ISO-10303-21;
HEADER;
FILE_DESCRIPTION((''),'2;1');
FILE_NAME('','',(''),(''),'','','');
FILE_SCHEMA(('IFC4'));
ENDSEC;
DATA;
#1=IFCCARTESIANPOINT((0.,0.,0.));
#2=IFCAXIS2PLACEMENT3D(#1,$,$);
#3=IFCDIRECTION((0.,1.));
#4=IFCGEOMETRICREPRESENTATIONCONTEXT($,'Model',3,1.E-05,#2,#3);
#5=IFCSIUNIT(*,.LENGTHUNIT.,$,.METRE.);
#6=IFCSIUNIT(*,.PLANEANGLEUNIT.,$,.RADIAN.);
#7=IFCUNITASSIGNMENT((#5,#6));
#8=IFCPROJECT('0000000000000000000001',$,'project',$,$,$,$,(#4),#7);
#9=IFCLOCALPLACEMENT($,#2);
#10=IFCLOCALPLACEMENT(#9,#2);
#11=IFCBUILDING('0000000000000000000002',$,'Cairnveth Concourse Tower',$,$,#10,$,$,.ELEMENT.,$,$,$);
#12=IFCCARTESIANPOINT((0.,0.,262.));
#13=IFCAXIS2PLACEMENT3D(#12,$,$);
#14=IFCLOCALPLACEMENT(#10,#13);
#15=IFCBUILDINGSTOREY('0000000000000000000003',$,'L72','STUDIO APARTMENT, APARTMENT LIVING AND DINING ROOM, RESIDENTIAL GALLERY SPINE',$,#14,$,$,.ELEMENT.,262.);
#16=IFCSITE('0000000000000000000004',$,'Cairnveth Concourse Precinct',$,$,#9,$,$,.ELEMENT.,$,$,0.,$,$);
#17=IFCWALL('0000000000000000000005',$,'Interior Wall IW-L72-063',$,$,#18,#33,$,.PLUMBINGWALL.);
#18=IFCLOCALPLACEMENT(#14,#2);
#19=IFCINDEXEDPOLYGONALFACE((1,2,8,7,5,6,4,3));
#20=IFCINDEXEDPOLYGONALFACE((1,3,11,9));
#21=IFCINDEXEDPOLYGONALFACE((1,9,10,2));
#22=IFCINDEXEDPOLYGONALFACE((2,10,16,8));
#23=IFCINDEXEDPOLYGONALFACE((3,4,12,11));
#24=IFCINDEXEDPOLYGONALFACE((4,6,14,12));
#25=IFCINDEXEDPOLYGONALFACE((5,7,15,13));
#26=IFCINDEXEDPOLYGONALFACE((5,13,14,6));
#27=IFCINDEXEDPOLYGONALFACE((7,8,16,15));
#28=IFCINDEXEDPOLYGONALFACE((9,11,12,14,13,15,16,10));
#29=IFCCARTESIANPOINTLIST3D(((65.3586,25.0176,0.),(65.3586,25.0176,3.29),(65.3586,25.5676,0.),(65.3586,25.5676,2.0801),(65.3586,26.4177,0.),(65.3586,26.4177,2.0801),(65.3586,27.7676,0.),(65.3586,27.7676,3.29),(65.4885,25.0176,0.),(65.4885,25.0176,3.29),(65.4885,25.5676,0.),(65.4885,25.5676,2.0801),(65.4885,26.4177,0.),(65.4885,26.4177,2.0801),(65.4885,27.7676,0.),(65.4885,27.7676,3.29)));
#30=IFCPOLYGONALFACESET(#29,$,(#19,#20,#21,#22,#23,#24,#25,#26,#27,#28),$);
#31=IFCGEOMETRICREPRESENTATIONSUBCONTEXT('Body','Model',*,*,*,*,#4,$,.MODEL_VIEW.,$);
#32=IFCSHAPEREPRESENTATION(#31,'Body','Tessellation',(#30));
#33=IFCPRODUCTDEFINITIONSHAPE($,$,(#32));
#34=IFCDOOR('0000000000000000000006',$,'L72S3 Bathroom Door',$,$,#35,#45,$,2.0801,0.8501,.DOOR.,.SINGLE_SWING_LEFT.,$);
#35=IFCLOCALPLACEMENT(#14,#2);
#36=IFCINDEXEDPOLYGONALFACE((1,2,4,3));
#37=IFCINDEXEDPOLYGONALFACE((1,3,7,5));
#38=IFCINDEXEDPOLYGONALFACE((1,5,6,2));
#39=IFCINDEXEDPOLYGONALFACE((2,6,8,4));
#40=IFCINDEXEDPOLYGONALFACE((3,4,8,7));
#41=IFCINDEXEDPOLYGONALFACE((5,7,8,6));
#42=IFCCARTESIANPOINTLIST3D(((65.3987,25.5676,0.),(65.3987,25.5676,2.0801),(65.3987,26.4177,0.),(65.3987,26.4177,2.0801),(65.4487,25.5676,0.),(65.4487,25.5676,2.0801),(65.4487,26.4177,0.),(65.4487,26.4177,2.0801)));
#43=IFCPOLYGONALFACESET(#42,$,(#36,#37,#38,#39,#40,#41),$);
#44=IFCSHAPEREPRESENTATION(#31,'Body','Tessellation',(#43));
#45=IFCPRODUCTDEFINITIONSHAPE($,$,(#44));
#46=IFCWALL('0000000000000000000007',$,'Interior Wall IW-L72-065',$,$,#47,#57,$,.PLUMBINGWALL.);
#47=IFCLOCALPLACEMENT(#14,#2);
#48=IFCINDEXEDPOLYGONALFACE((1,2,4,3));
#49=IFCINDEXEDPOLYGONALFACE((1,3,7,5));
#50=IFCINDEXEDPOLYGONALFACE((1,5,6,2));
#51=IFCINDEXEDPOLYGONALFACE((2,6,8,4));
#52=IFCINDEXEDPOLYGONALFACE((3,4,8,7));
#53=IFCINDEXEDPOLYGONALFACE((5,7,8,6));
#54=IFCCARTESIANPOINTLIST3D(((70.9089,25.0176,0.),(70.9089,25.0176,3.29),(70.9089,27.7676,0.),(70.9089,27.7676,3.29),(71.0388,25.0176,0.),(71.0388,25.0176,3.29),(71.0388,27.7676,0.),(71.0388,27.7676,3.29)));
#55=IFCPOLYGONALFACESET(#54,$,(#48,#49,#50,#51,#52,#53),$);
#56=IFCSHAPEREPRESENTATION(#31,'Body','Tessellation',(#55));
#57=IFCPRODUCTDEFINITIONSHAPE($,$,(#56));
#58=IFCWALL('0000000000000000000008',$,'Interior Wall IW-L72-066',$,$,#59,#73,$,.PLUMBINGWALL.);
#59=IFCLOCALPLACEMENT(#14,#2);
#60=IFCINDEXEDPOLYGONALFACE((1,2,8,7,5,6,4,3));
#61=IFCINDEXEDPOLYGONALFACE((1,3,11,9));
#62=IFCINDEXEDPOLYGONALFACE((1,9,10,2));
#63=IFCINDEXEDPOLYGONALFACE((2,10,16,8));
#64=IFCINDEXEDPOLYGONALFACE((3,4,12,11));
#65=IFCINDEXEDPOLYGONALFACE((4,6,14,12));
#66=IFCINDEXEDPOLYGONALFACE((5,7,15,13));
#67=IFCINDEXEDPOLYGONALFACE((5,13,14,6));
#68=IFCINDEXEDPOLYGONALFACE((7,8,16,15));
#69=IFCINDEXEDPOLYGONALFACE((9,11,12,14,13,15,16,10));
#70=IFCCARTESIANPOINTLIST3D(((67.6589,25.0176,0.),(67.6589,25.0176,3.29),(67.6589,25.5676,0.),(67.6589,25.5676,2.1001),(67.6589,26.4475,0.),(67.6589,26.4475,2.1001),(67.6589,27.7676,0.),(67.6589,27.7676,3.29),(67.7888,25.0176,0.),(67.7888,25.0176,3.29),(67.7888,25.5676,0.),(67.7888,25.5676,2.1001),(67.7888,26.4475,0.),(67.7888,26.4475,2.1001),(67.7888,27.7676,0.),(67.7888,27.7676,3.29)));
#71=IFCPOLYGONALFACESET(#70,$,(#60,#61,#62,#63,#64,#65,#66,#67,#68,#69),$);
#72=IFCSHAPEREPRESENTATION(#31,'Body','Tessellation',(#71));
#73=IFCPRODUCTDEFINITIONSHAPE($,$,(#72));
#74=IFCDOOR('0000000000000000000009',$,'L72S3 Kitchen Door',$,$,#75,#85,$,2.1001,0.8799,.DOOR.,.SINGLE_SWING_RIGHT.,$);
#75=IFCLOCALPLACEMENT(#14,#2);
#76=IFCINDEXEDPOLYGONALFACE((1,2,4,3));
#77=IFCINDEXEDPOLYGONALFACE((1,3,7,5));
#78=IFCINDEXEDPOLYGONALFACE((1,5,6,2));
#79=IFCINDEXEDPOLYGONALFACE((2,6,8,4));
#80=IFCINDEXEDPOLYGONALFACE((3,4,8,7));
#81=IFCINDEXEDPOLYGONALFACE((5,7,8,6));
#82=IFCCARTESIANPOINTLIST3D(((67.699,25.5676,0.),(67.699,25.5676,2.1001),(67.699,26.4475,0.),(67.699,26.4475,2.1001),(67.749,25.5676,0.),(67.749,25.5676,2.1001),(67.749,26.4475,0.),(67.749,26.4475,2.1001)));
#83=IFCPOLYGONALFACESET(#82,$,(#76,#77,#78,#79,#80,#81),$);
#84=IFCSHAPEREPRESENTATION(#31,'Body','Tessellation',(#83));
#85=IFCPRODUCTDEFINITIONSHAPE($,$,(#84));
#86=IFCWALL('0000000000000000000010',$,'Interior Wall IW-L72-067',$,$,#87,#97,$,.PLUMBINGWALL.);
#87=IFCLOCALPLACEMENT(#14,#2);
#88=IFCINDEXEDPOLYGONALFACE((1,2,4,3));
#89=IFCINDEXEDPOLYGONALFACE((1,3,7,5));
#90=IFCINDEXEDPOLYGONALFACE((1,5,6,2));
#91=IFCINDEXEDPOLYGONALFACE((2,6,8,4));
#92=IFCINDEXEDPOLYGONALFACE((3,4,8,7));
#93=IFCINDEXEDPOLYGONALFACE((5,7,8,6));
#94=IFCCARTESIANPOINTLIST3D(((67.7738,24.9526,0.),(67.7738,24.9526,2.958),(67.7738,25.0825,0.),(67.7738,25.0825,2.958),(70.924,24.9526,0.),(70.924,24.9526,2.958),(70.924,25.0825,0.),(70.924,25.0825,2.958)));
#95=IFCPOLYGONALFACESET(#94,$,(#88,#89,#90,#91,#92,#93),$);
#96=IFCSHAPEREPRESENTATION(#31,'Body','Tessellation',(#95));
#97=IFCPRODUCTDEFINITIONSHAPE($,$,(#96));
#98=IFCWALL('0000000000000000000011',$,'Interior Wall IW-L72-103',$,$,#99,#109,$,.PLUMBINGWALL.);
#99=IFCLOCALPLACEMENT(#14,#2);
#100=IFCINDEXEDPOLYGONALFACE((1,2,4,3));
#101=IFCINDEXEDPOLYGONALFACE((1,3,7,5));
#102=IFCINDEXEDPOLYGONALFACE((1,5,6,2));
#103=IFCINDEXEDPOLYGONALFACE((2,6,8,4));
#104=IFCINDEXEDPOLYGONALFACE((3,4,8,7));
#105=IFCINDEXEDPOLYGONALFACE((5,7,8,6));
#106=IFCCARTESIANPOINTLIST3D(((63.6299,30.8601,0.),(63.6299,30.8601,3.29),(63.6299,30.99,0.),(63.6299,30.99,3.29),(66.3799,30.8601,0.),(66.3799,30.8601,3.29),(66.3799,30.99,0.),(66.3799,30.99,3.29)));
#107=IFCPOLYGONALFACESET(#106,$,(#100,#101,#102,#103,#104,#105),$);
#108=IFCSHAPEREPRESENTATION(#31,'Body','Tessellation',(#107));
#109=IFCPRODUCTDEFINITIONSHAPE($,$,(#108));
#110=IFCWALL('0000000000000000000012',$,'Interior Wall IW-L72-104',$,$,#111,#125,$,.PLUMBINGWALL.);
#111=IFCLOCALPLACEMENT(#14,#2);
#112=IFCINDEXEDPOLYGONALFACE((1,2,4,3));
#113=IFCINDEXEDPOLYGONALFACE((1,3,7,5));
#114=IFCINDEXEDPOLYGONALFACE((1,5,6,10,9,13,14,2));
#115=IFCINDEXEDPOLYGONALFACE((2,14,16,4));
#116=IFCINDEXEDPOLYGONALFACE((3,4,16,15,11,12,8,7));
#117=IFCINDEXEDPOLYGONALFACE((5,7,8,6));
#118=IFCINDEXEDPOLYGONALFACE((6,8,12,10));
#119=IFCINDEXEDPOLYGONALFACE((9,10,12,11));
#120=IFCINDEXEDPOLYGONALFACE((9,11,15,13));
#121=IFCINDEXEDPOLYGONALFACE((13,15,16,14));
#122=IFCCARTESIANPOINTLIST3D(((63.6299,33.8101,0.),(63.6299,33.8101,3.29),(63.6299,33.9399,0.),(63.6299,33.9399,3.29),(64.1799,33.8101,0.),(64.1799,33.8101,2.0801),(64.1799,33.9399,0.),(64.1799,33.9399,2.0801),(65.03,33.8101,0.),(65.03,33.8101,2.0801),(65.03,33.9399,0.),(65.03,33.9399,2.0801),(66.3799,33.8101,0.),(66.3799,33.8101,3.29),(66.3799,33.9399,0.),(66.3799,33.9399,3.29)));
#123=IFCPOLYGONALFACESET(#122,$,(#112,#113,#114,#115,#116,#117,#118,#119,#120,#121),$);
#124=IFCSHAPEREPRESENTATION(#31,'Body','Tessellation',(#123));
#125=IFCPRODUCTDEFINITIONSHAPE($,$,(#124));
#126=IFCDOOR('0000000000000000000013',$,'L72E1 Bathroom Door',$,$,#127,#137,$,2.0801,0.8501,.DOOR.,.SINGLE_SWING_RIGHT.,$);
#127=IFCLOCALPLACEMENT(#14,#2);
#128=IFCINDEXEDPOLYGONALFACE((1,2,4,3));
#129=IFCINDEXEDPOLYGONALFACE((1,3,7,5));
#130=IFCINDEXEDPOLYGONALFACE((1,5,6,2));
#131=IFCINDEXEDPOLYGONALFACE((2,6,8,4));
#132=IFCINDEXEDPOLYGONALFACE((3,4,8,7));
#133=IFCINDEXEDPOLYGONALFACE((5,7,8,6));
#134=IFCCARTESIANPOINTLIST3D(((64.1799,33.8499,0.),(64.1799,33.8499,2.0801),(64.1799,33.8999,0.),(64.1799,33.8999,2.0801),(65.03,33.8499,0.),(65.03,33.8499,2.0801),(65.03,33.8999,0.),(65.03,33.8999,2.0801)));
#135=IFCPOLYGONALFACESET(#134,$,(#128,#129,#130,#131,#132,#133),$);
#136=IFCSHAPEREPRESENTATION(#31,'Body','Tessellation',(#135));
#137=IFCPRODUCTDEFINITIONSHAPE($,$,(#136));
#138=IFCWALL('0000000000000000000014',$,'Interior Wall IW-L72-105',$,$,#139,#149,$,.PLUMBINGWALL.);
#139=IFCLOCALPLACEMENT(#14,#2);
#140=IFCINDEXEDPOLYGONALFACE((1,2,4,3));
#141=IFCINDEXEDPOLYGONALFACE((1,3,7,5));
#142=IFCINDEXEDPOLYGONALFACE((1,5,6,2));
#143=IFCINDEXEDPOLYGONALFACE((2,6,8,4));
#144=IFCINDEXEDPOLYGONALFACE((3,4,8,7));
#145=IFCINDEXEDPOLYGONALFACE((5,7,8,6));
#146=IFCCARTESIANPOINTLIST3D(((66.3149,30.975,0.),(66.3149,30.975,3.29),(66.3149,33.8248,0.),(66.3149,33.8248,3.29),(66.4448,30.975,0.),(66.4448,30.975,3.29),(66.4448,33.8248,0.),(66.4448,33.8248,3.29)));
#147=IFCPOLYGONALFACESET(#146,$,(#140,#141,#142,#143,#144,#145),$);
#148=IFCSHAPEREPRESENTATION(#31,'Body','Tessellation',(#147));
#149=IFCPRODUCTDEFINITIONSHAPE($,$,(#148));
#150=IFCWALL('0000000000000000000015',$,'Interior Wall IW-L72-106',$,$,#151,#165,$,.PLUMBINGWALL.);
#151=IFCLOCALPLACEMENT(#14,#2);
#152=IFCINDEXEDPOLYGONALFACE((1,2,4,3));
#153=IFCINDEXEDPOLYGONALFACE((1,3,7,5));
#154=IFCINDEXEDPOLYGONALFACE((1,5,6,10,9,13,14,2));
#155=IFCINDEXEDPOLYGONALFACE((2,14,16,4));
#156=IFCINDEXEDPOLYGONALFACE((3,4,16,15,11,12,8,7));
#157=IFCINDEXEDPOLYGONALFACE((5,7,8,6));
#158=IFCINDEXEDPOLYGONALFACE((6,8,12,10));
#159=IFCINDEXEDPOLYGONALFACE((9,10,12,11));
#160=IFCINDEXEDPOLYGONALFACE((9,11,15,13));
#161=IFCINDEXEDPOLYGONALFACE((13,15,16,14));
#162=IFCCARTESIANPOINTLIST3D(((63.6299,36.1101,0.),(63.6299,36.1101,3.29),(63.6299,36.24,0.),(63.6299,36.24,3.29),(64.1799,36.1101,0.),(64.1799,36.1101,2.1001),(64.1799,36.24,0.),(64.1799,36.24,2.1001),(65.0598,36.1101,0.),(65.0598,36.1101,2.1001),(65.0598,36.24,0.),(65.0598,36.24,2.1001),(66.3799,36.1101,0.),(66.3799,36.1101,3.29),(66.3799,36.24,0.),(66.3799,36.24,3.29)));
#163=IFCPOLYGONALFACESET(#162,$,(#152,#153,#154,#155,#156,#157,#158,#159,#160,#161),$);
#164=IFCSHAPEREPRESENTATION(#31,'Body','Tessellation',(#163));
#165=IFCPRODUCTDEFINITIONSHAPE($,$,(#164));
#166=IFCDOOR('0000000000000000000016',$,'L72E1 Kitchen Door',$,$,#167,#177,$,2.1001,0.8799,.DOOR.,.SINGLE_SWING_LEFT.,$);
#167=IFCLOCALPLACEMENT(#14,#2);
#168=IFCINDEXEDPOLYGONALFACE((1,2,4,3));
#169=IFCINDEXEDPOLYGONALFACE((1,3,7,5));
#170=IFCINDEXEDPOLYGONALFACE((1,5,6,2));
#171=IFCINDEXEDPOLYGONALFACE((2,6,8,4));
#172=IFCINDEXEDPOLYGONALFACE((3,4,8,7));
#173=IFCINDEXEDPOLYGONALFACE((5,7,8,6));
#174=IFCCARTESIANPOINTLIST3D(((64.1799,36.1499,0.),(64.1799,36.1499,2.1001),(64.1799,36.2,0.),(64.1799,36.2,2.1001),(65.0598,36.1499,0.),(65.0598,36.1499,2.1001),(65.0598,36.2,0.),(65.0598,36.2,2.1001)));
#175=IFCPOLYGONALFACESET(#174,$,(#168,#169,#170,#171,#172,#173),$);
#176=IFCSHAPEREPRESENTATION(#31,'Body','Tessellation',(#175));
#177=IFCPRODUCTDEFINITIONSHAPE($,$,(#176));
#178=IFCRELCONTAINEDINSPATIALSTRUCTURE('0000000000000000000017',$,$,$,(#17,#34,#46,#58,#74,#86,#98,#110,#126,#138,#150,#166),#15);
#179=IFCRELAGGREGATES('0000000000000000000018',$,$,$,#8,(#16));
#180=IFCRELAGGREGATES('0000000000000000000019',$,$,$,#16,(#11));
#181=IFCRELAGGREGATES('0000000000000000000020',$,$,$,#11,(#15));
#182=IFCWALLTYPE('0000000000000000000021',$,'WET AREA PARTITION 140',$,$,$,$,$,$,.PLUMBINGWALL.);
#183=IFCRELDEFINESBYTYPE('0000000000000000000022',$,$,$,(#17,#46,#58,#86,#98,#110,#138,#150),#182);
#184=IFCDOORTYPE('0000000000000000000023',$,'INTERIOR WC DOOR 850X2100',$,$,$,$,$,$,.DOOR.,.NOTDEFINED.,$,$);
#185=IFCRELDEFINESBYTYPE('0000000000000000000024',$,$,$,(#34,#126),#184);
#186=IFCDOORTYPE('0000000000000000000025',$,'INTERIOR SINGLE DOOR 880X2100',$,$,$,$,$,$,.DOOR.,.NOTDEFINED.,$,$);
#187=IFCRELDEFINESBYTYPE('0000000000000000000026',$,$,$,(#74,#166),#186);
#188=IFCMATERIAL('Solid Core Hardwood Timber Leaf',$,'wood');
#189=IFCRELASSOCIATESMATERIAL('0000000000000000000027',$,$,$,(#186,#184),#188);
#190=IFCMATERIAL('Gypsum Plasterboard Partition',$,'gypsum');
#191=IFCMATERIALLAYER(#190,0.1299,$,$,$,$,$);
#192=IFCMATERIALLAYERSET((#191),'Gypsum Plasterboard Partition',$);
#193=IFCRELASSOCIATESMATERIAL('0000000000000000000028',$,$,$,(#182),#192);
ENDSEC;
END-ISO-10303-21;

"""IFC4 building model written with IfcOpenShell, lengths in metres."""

from ifc_helpers import new_model, si_unit, direction, frame, frame_2d, origin, place, context, subcontext, project, spatial, rectangle, extrude, material, layer, layer_set, type_object, element, fill, save


model = new_model("IFC4")

# Units and contexts
model_context = context("Model", 3, precision=1e-05, world=origin(), true_north=direction((0.0, 1.0)))
body_context = subcontext(model_context, "Body", "Model", "MODEL_VIEW")
ifc_project = project(units=[si_unit("LENGTHUNIT", "METRE"), si_unit("PLANEANGLEUNIT", "RADIAN")], contexts=[model_context])

# Site, building, storey
site_placement = place(None, origin())
site = spatial("IfcSite", under=ifc_project, at=site_placement, Name="Cairnveth Concourse Precinct", CompositionType="ELEMENT", RefElevation=0.0)
building_placement = place(site_placement, origin())
building = spatial("IfcBuilding", under=site, at=building_placement, Name="Cairnveth Concourse Tower", CompositionType="ELEMENT")
storey_placement = place(building_placement, frame((0.0, 0.0, 262.0)))
storey = spatial("IfcBuildingStorey", under=building, at=storey_placement, Name="L72", Description="STUDIO APARTMENT, APARTMENT LIVING AND DINING ROOM, RESIDENTIAL GALLERY SPINE", CompositionType="ELEMENT", Elevation=262.0)

# Shared definitions
ifc_material_1 = material(Name="Gypsum Plasterboard Partition", Category="gypsum")

# Wall, opening, door
ifc_material_2 = material(Name="Solid Core Hardwood Timber Leaf", Category="wood")
door_type_1 = type_object("IfcDoorType", Name="INTERIOR SINGLE DOOR 880X2100", OperationType="NOTDEFINED", PredefinedType="DOOR", material=ifc_material_2)
ifc_layer_1 = layer(ifc_material_1, 0.1299)
ifc_layer_set_1 = layer_set([ifc_layer_1], Name="Gypsum Plasterboard Partition")
wall_type_1 = type_object("IfcWallType", Name="WET AREA PARTITION 140", PredefinedType="PLUMBINGWALL", material=ifc_layer_set_1)
wall_1_placement = place(storey_placement, frame((65.4236, 25.0176, 0.0), z_axis=(0.0, 0.0, 1.0), x_axis=(0.0, 1.0, 0.0)))
wall_1 = element("IfcWall", 1, at=wall_1_placement, inside=storey, type_object=wall_type_1, Name="Interior Wall IW-L72-063", PredefinedType="PLUMBINGWALL", context=body_context, shape_type="SweptSolid", body=[
    extrude(rectangle(XDim=2.75, YDim=0.1299, at=frame_2d((1.375, 0.0))), origin(), (0.0, 0.0, 1.0), 3.29),
])
opening_1_placement = place(wall_1_placement, frame((0.55, 0.0, 0.0)))
opening_1 = element("IfcOpeningElement", 2, at=opening_1_placement, cuts=wall_1, PredefinedType="OPENING", context=body_context, shape_type="SweptSolid", body=[
    extrude(rectangle(XDim=0.8501, YDim=2.0801, at=frame_2d((0.425, 1.04))), frame((0.0, 0.075, 0.0), z_axis=(0.0, -1.0, 0.0), x_axis=(1.0, 0.0, 0.0)), (0.0, 0.0, 1.0), 0.1499),
])
door_type_2 = type_object("IfcDoorType", Name="INTERIOR WC DOOR 850X2100", OperationType="NOTDEFINED", PredefinedType="DOOR", material=ifc_material_2)
door_1_placement = place(opening_1_placement, origin())
door_1 = element("IfcDoor", 3, at=door_1_placement, inside=storey, type_object=door_type_2, Name="L72S3 Bathroom Door", OperationType="SINGLE_SWING_LEFT", OverallHeight=2.0801, OverallWidth=0.8501, PredefinedType="DOOR", context=body_context, shape_type="SweptSolid", body=[
    extrude(rectangle(XDim=0.8501, YDim=2.0801, at=frame_2d((0.425, 1.04))), frame((0.0, 0.0249, 0.0), z_axis=(0.0, -1.0, 0.0), x_axis=(1.0, 0.0, 0.0)), (0.0, 0.0, 1.0), 0.05),
])
fill(opening_1, door_1)

# Wall
wall_2_placement = place(storey_placement, frame((70.9739, 25.0176, 0.0), z_axis=(0.0, 0.0, 1.0), x_axis=(0.0, 1.0, 0.0)))
element("IfcWall", 4, at=wall_2_placement, inside=storey, type_object=wall_type_1, Name="Interior Wall IW-L72-065", PredefinedType="PLUMBINGWALL", context=body_context, shape_type="SweptSolid", body=[
    extrude(rectangle(XDim=2.75, YDim=0.1299, at=frame_2d((1.375, 0.0))), origin(), (0.0, 0.0, 1.0), 3.29),
])

# Wall, opening, door
wall_3_placement = place(storey_placement, frame((67.7239, 25.0176, 0.0), z_axis=(0.0, 0.0, 1.0), x_axis=(0.0, 1.0, 0.0)))
wall_3 = element("IfcWall", 5, at=wall_3_placement, inside=storey, type_object=wall_type_1, Name="Interior Wall IW-L72-066", PredefinedType="PLUMBINGWALL", context=body_context, shape_type="SweptSolid", body=[
    extrude(rectangle(XDim=2.75, YDim=0.1299, at=frame_2d((1.375, 0.0))), origin(), (0.0, 0.0, 1.0), 3.29),
])
opening_2_placement = place(wall_3_placement, frame((0.55, 0.0, 0.0)))
opening_2 = element("IfcOpeningElement", 6, at=opening_2_placement, cuts=wall_3, PredefinedType="OPENING", context=body_context, shape_type="SweptSolid", body=[
    extrude(rectangle(XDim=0.8799, YDim=2.1001, at=frame_2d((0.4399, 1.05))), frame((0.0, 0.075, 0.0), z_axis=(0.0, -1.0, 0.0), x_axis=(1.0, 0.0, 0.0)), (0.0, 0.0, 1.0), 0.1499),
])
door_2_placement = place(opening_2_placement, origin())
door_2 = element("IfcDoor", 7, at=door_2_placement, inside=storey, type_object=door_type_1, Name="L72S3 Kitchen Door", OperationType="SINGLE_SWING_RIGHT", OverallHeight=2.1001, OverallWidth=0.8799, PredefinedType="DOOR", context=body_context, shape_type="SweptSolid", body=[
    extrude(rectangle(XDim=0.8799, YDim=2.1001, at=frame_2d((0.4399, 1.05))), frame((0.0, 0.0249, 0.0), z_axis=(0.0, -1.0, 0.0), x_axis=(1.0, 0.0, 0.0)), (0.0, 0.0, 1.0), 0.05),
])
fill(opening_2, door_2)

# Walls
wall_4_placement = place(storey_placement, frame((67.7737, 25.0176, 0.0), z_axis=(0.0, 0.0, 1.0), x_axis=(1.0, 0.0, 0.0)))
element("IfcWall", 8, at=wall_4_placement, inside=storey, type_object=wall_type_1, Name="Interior Wall IW-L72-067", PredefinedType="PLUMBINGWALL", context=body_context, shape_type="SweptSolid", body=[
    extrude(rectangle(XDim=3.1501, YDim=0.1299, at=frame_2d((1.5752, 0.0))), origin(), (0.0, 0.0, 1.0), 2.958),
])
wall_5_placement = place(storey_placement, frame((63.6299, 30.925, 0.0), z_axis=(0.0, 0.0, 1.0), x_axis=(1.0, 0.0, 0.0)))
element("IfcWall", 9, at=wall_5_placement, inside=storey, type_object=wall_type_1, Name="Interior Wall IW-L72-103", PredefinedType="PLUMBINGWALL", context=body_context, shape_type="SweptSolid", body=[
    extrude(rectangle(XDim=2.75, YDim=0.1299, at=frame_2d((1.375, 0.0))), origin(), (0.0, 0.0, 1.0), 3.29),
])

# Wall, opening, door
wall_6_placement = place(storey_placement, frame((63.6299, 33.875, 0.0), z_axis=(0.0, 0.0, 1.0), x_axis=(1.0, 0.0, 0.0)))
wall_6 = element("IfcWall", 10, at=wall_6_placement, inside=storey, type_object=wall_type_1, Name="Interior Wall IW-L72-104", PredefinedType="PLUMBINGWALL", context=body_context, shape_type="SweptSolid", body=[
    extrude(rectangle(XDim=2.75, YDim=0.1299, at=frame_2d((1.375, 0.0))), origin(), (0.0, 0.0, 1.0), 3.29),
])
opening_3_placement = place(wall_6_placement, frame((0.55, 0.0, 0.0)))
opening_3 = element("IfcOpeningElement", 11, at=opening_3_placement, cuts=wall_6, PredefinedType="OPENING", context=body_context, shape_type="SweptSolid", body=[
    extrude(rectangle(XDim=0.8501, YDim=2.0801, at=frame_2d((0.425, 1.04))), frame((0.0, 0.075, 0.0), z_axis=(0.0, -1.0, 0.0), x_axis=(1.0, 0.0, 0.0)), (0.0, 0.0, 1.0), 0.1499),
])
door_3_placement = place(opening_3_placement, origin())
door_3 = element("IfcDoor", 12, at=door_3_placement, inside=storey, type_object=door_type_2, Name="L72E1 Bathroom Door", OperationType="SINGLE_SWING_RIGHT", OverallHeight=2.0801, OverallWidth=0.8501, PredefinedType="DOOR", context=body_context, shape_type="SweptSolid", body=[
    extrude(rectangle(XDim=0.8501, YDim=2.0801, at=frame_2d((0.425, 1.04))), frame((0.0, 0.0249, 0.0), z_axis=(0.0, -1.0, 0.0), x_axis=(1.0, 0.0, 0.0)), (0.0, 0.0, 1.0), 0.05),
])
fill(opening_3, door_3)

# Wall
wall_7_placement = place(storey_placement, frame((66.3799, 30.9751, 0.0), z_axis=(0.0, 0.0, 1.0), x_axis=(0.0, 1.0, 0.0)))
element("IfcWall", 13, at=wall_7_placement, inside=storey, type_object=wall_type_1, Name="Interior Wall IW-L72-105", PredefinedType="PLUMBINGWALL", context=body_context, shape_type="SweptSolid", body=[
    extrude(rectangle(XDim=2.8499, YDim=0.1299, at=frame_2d((1.4248, 0.0))), origin(), (0.0, 0.0, 1.0), 3.29),
])

# Wall, opening, door
wall_8_placement = place(storey_placement, frame((63.6299, 36.175, 0.0), z_axis=(0.0, 0.0, 1.0), x_axis=(1.0, 0.0, 0.0)))
wall_8 = element("IfcWall", 14, at=wall_8_placement, inside=storey, type_object=wall_type_1, Name="Interior Wall IW-L72-106", PredefinedType="PLUMBINGWALL", context=body_context, shape_type="SweptSolid", body=[
    extrude(rectangle(XDim=2.75, YDim=0.1299, at=frame_2d((1.375, 0.0))), origin(), (0.0, 0.0, 1.0), 3.29),
])
opening_4_placement = place(wall_8_placement, frame((0.55, 0.0, 0.0)))
opening_4 = element("IfcOpeningElement", 15, at=opening_4_placement, cuts=wall_8, PredefinedType="OPENING", context=body_context, shape_type="SweptSolid", body=[
    extrude(rectangle(XDim=0.8799, YDim=2.1001, at=frame_2d((0.4399, 1.05))), frame((0.0, 0.075, 0.0), z_axis=(0.0, -1.0, 0.0), x_axis=(1.0, 0.0, 0.0)), (0.0, 0.0, 1.0), 0.1499),
])
door_4_placement = place(opening_4_placement, origin())
door_4 = element("IfcDoor", 16, at=door_4_placement, inside=storey, type_object=door_type_1, Name="L72E1 Kitchen Door", OperationType="SINGLE_SWING_LEFT", OverallHeight=2.1001, OverallWidth=0.8799, PredefinedType="DOOR", context=body_context, shape_type="SweptSolid", body=[
    extrude(rectangle(XDim=0.8799, YDim=2.1001, at=frame_2d((0.4399, 1.05))), frame((0.0, 0.0249, 0.0), z_axis=(0.0, -1.0, 0.0), x_axis=(1.0, 0.0, 0.0)), (0.0, 0.0, 1.0), 0.05),
])
fill(opening_4, door_4)

save(model, "model.ifc")
